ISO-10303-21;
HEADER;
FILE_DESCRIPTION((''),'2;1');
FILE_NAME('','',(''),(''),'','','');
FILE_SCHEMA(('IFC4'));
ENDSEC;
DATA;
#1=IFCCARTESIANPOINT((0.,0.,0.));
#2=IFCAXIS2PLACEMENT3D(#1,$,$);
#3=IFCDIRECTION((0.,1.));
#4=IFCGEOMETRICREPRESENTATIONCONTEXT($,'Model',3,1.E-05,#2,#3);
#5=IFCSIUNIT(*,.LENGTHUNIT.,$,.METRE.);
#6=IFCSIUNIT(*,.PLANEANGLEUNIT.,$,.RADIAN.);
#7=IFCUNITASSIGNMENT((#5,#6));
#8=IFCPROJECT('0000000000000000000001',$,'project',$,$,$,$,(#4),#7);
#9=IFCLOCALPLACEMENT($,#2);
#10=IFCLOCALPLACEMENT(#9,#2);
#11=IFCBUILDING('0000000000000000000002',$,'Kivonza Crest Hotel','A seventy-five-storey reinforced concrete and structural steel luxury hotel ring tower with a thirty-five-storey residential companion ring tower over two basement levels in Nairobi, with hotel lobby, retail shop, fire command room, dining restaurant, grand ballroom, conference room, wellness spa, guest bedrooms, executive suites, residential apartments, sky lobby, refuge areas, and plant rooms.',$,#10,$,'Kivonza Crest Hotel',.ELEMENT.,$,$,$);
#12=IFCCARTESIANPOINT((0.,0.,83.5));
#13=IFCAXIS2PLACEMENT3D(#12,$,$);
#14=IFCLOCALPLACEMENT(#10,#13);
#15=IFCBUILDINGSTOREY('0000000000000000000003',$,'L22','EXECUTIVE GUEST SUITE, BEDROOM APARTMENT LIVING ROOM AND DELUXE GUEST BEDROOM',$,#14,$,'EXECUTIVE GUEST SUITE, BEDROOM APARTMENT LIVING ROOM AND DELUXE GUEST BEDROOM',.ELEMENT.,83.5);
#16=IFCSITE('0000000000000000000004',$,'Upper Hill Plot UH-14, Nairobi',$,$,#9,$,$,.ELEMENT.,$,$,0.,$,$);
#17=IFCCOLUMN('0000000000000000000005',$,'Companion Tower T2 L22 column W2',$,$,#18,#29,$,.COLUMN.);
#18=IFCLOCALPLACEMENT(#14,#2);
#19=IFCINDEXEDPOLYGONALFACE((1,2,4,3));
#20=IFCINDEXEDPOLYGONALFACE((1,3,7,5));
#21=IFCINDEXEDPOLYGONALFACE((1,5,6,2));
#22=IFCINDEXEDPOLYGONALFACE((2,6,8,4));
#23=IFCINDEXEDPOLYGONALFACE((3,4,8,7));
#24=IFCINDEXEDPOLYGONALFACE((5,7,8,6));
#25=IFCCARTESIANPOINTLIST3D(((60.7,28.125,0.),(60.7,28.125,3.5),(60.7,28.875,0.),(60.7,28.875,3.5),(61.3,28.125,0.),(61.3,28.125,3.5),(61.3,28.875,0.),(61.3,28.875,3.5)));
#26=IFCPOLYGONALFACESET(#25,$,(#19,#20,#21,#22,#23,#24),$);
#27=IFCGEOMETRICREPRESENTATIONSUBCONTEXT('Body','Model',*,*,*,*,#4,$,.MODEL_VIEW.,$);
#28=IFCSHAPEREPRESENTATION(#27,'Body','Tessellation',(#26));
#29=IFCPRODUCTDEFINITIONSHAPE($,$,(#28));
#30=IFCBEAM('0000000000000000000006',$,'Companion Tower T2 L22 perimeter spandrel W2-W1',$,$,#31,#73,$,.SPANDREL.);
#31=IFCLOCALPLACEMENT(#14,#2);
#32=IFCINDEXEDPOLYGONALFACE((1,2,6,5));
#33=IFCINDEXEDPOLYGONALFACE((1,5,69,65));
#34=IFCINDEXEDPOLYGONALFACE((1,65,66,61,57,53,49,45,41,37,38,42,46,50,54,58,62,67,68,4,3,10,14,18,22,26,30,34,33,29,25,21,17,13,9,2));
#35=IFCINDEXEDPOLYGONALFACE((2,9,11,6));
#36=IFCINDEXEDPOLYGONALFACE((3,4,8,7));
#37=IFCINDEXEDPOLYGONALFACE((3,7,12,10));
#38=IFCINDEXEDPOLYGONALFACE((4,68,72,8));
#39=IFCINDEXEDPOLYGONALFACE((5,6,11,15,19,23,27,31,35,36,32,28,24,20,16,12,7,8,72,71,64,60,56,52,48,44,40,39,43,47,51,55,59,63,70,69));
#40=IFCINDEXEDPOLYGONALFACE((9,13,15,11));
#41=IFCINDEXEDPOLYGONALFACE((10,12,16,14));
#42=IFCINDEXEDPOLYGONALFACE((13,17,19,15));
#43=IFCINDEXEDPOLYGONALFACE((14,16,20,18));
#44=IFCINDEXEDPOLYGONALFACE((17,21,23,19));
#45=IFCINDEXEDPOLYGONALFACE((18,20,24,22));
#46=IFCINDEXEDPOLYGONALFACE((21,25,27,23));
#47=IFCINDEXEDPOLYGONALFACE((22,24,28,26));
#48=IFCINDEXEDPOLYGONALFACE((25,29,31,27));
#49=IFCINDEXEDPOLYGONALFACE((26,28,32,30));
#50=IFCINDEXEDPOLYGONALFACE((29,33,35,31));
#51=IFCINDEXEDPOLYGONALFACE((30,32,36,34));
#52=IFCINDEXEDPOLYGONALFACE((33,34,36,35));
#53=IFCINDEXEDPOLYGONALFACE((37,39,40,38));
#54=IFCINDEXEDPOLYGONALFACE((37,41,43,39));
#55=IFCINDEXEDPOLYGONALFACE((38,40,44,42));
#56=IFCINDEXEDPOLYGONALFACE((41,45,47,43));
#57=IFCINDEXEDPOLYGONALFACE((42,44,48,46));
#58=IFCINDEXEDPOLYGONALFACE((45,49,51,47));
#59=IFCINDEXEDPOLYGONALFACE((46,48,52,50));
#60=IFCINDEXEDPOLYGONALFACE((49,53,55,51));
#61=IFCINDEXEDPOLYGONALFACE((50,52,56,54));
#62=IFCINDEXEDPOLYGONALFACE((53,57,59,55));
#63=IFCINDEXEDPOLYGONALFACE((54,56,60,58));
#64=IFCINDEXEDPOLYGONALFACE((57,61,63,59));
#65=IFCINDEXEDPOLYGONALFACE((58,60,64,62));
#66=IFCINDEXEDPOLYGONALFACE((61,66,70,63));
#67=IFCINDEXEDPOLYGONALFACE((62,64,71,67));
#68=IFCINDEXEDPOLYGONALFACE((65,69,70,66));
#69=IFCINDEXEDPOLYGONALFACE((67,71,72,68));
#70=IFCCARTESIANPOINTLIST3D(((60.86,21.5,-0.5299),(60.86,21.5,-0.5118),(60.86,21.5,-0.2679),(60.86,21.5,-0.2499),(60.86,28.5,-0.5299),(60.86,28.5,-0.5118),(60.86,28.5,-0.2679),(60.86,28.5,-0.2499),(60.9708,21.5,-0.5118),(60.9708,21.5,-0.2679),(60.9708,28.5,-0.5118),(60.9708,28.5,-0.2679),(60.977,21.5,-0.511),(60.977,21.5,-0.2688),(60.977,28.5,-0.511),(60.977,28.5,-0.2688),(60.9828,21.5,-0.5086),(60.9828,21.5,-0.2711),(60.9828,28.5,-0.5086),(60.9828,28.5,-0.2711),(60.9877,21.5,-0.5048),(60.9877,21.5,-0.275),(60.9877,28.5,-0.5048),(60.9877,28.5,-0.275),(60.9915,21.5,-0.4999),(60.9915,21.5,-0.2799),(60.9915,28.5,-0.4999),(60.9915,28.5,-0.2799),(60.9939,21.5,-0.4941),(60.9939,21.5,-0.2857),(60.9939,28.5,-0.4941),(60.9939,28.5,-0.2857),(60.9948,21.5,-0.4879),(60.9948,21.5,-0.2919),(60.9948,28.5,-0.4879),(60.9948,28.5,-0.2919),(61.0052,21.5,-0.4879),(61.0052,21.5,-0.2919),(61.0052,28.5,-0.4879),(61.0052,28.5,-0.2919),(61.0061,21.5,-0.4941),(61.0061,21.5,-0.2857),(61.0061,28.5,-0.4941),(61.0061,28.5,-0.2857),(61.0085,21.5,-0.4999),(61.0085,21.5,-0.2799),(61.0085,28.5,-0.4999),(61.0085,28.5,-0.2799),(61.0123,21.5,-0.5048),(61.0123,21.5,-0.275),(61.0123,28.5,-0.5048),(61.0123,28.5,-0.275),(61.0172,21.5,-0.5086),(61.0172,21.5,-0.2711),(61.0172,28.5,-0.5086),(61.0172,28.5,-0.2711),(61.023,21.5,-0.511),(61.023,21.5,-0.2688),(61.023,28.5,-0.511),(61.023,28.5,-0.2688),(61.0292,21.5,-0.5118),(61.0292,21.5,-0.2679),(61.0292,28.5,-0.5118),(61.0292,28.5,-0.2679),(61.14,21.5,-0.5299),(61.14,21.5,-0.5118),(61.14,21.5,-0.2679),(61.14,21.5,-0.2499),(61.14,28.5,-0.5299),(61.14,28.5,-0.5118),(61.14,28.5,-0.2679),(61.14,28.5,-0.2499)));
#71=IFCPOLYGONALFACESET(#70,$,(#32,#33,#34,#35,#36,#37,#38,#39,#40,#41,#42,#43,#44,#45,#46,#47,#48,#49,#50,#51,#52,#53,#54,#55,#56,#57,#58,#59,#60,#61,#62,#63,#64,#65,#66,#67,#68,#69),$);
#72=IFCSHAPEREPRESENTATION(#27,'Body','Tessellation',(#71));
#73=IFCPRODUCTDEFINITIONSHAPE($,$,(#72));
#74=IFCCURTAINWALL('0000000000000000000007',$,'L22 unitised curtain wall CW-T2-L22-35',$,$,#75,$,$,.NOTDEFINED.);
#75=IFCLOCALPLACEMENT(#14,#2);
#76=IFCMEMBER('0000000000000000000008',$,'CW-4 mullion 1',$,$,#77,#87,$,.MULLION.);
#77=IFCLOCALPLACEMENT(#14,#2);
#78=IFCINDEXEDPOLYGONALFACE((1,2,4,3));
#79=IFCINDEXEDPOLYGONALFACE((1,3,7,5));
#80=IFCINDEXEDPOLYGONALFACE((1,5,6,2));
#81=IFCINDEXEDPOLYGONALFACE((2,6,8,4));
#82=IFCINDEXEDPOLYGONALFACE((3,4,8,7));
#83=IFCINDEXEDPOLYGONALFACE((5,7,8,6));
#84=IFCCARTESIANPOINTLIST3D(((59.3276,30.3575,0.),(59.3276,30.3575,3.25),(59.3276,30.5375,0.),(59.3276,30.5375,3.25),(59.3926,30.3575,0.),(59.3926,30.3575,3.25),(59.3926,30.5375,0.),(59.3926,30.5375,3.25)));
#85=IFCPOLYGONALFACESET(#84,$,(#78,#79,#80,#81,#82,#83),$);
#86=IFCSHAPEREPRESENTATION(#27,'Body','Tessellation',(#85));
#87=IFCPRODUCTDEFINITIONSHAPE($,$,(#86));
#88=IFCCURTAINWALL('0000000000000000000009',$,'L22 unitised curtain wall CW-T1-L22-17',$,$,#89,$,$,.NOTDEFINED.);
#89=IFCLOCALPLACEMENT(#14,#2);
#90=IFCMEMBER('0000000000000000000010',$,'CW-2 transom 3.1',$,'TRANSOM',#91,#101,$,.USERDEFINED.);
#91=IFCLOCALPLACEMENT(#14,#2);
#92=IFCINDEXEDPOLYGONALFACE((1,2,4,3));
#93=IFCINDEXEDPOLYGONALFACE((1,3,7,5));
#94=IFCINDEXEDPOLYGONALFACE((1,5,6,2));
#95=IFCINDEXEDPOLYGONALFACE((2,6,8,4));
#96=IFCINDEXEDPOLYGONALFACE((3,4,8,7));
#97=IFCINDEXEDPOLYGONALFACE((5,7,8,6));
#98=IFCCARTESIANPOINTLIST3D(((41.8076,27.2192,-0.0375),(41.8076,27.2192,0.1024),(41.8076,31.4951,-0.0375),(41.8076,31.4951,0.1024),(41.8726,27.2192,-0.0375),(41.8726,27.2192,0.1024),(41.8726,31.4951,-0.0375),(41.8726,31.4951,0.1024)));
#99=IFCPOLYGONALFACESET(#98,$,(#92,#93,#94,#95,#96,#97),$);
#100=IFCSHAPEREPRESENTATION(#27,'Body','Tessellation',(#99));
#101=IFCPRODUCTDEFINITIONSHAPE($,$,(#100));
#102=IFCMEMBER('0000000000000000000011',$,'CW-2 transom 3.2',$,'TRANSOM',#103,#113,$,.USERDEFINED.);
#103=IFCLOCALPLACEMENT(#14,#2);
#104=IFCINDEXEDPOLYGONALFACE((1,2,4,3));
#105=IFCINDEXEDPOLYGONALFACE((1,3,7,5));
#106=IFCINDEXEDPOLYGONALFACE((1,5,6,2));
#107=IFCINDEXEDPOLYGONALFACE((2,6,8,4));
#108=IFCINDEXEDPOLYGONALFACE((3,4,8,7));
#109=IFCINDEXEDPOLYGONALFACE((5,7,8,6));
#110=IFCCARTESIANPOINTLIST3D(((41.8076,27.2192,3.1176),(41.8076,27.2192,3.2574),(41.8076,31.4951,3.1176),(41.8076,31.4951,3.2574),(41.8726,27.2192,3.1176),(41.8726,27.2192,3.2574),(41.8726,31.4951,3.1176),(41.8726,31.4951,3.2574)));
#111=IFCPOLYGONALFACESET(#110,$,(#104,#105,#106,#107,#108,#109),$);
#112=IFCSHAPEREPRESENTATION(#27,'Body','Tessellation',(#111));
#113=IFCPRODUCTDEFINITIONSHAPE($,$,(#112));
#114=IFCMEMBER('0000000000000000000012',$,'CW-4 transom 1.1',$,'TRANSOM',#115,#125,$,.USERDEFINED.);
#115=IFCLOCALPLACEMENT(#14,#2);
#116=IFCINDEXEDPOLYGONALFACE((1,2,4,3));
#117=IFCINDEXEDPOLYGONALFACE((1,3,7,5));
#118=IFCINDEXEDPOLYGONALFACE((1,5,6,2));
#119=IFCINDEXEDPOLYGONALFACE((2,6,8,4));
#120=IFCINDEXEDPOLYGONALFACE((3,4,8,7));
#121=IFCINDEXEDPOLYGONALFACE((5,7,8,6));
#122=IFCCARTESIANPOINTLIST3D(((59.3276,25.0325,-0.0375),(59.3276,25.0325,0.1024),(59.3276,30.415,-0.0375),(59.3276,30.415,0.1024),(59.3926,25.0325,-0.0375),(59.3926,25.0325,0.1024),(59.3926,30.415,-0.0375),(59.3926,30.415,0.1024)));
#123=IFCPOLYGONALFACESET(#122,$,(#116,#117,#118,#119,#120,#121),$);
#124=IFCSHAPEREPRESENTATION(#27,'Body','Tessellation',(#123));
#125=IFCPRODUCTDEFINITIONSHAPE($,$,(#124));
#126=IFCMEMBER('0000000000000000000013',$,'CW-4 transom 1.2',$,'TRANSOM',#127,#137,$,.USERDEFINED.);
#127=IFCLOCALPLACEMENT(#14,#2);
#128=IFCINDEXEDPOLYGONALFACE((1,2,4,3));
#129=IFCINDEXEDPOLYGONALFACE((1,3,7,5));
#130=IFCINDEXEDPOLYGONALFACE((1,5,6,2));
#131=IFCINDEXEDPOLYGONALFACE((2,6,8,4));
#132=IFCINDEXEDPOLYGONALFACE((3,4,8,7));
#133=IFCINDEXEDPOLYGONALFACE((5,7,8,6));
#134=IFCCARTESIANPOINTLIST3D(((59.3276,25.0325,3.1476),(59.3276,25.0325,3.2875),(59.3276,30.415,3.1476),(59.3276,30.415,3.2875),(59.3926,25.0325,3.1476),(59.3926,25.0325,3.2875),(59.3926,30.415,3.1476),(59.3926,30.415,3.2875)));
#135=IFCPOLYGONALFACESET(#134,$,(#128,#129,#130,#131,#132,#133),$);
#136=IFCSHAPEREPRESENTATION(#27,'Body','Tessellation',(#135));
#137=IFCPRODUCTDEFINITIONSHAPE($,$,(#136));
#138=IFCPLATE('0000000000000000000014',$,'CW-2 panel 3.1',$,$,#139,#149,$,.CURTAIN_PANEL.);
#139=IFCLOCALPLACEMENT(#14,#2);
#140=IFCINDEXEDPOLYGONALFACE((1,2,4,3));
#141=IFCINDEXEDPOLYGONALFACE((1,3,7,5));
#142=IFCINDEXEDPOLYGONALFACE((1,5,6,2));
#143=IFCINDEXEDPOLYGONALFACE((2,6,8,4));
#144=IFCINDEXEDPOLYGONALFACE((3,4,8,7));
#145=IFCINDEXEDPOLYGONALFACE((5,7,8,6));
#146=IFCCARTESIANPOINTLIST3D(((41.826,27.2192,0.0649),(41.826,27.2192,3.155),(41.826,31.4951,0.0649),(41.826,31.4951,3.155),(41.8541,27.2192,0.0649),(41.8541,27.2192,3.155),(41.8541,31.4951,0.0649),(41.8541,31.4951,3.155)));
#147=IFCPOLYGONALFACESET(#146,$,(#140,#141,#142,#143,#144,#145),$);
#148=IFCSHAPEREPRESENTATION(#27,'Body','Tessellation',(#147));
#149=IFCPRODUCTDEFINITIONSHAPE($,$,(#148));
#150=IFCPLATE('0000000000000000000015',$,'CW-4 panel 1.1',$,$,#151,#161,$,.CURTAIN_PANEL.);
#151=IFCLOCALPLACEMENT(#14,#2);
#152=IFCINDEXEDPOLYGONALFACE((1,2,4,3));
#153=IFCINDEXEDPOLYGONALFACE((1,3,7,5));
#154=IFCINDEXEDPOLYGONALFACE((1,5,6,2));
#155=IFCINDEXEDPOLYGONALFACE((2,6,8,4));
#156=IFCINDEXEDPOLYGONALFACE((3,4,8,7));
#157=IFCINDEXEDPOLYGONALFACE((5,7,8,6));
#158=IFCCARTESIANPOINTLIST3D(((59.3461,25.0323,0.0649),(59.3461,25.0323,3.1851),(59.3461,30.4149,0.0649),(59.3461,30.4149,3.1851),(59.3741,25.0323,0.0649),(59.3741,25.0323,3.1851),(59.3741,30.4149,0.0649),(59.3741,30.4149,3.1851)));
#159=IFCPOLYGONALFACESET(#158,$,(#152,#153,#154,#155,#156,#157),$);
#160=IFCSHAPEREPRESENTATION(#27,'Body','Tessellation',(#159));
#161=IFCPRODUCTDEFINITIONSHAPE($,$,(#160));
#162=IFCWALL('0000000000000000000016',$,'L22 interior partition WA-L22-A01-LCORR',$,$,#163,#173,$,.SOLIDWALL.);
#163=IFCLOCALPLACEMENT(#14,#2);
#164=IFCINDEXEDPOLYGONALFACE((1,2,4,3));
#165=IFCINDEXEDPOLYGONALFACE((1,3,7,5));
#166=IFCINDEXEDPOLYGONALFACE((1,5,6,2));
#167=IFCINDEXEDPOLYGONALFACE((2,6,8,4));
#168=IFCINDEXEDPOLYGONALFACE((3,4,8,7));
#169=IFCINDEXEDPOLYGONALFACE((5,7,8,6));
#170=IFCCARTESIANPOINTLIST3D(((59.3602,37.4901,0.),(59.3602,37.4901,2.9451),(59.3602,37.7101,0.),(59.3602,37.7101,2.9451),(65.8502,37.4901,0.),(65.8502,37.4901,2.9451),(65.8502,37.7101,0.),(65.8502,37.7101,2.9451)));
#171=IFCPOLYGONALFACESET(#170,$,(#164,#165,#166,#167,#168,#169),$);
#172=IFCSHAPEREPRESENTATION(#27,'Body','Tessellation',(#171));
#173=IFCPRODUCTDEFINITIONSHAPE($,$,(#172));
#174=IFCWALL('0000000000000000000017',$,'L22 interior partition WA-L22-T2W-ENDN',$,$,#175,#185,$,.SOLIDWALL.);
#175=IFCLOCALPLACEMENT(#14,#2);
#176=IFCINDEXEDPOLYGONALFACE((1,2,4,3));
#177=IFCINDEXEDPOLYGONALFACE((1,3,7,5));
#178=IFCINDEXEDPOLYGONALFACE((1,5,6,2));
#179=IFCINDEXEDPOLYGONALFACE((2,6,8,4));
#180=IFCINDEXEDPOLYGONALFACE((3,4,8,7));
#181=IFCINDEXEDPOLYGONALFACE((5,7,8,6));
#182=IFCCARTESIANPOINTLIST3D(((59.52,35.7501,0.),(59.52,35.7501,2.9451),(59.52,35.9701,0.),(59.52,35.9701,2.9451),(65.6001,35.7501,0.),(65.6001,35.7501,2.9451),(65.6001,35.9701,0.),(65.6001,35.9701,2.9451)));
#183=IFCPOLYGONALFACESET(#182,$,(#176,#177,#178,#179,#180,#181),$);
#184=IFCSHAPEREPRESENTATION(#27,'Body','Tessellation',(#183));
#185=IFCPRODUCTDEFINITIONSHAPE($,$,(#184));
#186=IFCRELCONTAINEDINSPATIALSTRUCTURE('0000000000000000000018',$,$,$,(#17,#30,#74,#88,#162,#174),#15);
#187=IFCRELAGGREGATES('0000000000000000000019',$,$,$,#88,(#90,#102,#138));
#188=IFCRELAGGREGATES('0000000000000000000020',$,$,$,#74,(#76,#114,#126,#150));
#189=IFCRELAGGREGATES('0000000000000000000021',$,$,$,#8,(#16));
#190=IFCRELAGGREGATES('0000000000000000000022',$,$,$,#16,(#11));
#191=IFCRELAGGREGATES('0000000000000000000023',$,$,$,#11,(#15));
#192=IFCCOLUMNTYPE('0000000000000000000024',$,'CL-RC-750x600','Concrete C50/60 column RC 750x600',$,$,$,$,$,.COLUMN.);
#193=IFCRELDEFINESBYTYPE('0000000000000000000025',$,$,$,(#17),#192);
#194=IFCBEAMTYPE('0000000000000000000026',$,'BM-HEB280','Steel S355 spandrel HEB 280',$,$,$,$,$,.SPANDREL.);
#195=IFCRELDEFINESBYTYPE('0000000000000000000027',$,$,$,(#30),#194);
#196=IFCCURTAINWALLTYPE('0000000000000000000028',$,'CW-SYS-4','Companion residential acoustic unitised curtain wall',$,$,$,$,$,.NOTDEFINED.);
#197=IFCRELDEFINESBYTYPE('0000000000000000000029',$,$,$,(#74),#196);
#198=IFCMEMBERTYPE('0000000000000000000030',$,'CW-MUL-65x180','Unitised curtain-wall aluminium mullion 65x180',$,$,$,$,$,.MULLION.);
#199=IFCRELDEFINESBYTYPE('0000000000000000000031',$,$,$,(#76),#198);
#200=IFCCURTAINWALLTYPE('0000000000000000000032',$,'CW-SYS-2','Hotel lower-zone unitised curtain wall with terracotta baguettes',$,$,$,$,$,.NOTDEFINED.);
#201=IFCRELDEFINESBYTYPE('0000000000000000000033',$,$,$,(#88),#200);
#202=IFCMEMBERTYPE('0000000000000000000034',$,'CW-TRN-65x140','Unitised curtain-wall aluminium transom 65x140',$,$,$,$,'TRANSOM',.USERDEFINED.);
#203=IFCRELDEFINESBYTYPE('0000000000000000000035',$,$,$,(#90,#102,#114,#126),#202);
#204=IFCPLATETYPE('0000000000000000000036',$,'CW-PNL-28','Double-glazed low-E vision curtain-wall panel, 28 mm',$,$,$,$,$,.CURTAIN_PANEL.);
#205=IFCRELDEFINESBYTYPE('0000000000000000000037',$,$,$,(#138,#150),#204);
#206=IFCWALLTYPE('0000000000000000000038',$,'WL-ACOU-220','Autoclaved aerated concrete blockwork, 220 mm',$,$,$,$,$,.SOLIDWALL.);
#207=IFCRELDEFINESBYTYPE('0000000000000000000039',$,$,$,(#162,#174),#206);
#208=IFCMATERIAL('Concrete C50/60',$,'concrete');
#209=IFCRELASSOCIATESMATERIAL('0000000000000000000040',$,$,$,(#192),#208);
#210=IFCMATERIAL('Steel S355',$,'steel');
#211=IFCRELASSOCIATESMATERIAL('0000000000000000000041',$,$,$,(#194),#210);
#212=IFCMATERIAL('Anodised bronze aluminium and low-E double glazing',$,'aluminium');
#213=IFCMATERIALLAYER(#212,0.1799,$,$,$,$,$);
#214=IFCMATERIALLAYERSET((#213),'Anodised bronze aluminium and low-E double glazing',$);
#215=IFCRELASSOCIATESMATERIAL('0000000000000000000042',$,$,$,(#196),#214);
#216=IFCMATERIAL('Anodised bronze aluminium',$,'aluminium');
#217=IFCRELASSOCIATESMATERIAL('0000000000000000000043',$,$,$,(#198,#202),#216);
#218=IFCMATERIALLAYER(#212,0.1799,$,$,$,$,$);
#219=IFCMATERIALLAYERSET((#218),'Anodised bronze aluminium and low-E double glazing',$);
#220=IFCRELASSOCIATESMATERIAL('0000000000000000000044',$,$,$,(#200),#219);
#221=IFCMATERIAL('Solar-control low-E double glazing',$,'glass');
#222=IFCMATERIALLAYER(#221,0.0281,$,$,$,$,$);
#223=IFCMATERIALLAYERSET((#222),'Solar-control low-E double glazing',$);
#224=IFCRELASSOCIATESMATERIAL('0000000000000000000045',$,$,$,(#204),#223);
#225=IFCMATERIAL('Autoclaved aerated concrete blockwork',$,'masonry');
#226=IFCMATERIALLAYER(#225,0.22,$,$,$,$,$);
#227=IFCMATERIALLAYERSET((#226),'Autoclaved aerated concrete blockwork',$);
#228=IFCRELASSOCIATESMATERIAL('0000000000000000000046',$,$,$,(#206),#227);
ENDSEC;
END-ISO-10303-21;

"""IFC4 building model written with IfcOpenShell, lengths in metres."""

from ifc_helpers import new_model, si_unit, direction, frame, frame_2d, origin, origin_2d, place, context, subcontext, project, spatial, rectangle, i_section, extrude, material, layer, layer_set, material_profile, profile_set, type_object, element, aggregate, save


model = new_model("IFC4")

# Units and contexts
model_context = context("Model", 3, precision=1e-05, world=origin(), true_north=direction((0.0, 1.0)))
body_context = subcontext(model_context, "Body", "Model", "MODEL_VIEW")
ifc_project = project(units=[si_unit("LENGTHUNIT", "METRE"), si_unit("PLANEANGLEUNIT", "RADIAN")], contexts=[model_context])

# Site, building, storey
site_placement = place(None, origin())
site = spatial("IfcSite", under=ifc_project, at=site_placement, Name="Upper Hill Plot UH-14, Nairobi", CompositionType="ELEMENT", RefElevation=0.0)
building_placement = place(site_placement, origin())
building = spatial("IfcBuilding", under=site, at=building_placement, Name="Kivonza Crest Hotel", Description="A seventy-five-storey reinforced concrete and structural steel luxury hotel ring tower with a thirty-five-storey residential companion ring tower over two basement levels in Nairobi, with hotel lobby, retail shop, fire command room, dining restaurant, grand ballroom, conference room, wellness spa, guest bedrooms, executive suites, residential apartments, sky lobby, refuge areas, and plant rooms.", LongName="Kivonza Crest Hotel", CompositionType="ELEMENT")
storey_placement = place(building_placement, frame((0.0, 0.0, 83.5)))
storey = spatial("IfcBuildingStorey", under=building, at=storey_placement, Name="L22", Description="EXECUTIVE GUEST SUITE, BEDROOM APARTMENT LIVING ROOM AND DELUXE GUEST BEDROOM", LongName="EXECUTIVE GUEST SUITE, BEDROOM APARTMENT LIVING ROOM AND DELUXE GUEST BEDROOM", CompositionType="ELEMENT", Elevation=83.5)

# Column
ifc_material_1 = material(Name="Concrete C50/60", Category="concrete")
ifc_material_profile_1 = material_profile(ifc_material_1, rectangle(XDim=0.6001, YDim=0.75, at=origin_2d()), Name="RC 750x600")
ifc_profile_set_1 = profile_set([ifc_material_profile_1], Name="Concrete C50/60")
column_type = type_object("IfcColumnType", Name="CL-RC-750x600", Description="Concrete C50/60 column RC 750x600", PredefinedType="COLUMN", material=ifc_profile_set_1)
column_placement = place(storey_placement, frame((61.0, 28.5, 0.0), z_axis=(0.0, 0.0, 1.0), x_axis=(1.0, 0.0, 0.0)))
element("IfcColumn", 1, at=column_placement, inside=storey, type_object=column_type, Name="Companion Tower T2 L22 column W2", PredefinedType="COLUMN", context=body_context, shape_type="SweptSolid", body=[
    extrude(rectangle(XDim=0.6001, YDim=0.75, at=origin_2d()), origin(), (0.0, 0.0, 1.0), 3.5),
])

# Beam
ifc_material_2 = material(Name="Steel S355", Category="steel")
ifc_material_profile_2 = material_profile(ifc_material_2, i_section(OverallWidth=0.28, OverallDepth=0.28, WebThickness=0.0105, FlangeThickness=0.0181, FilletRadius=0.0239, at=origin_2d()), Name="HEB 280")
ifc_profile_set_2 = profile_set([ifc_material_profile_2], Name="Steel S355")
beam_type = type_object("IfcBeamType", Name="BM-HEB280", Description="Steel S355 spandrel HEB 280", PredefinedType="SPANDREL", material=ifc_profile_set_2)
beam_placement = place(storey_placement, frame((61.0, 28.5, -0.3899), z_axis=(0.0, -1.0, 0.0), x_axis=(1.0, 0.0, 0.0)))
element("IfcBeam", 2, at=beam_placement, inside=storey, type_object=beam_type, Name="Companion Tower T2 L22 perimeter spandrel W2-W1", PredefinedType="SPANDREL", context=body_context, shape_type="SweptSolid", body=[
    extrude(i_section(OverallWidth=0.28, OverallDepth=0.28, WebThickness=0.0105, FlangeThickness=0.0181, FilletRadius=0.0239, at=origin_2d()), origin(), (0.0, 0.0, 1.0), 7.0),
])

# Curtain wall, member
ifc_material_3 = material(Name="Anodised bronze aluminium and low-E double glazing", Category="aluminium")
ifc_layer_1 = layer(ifc_material_3, 0.1799)
ifc_layer_set_1 = layer_set([ifc_layer_1], Name="Anodised bronze aluminium and low-E double glazing")
curtain_wall_type_1 = type_object("IfcCurtainWallType", Name="CW-SYS-4", Description="Companion residential acoustic unitised curtain wall", PredefinedType="NOTDEFINED", material=ifc_layer_set_1)
curtain_wall_1_placement = place(storey_placement, origin())
curtain_wall_1 = element("IfcCurtainWall", 3, at=curtain_wall_1_placement, inside=storey, type_object=curtain_wall_type_1, Name="L22 unitised curtain wall CW-T2-L22-35", PredefinedType="NOTDEFINED")
ifc_material_4 = material(Name="Anodised bronze aluminium", Category="aluminium")
ifc_material_profile_3 = material_profile(ifc_material_4, rectangle(XDim=0.0649, YDim=0.1799, at=origin_2d()), Name="CW-M 65x180")
ifc_profile_set_3 = profile_set([ifc_material_profile_3], Name="Anodised bronze aluminium")
member_type_1 = type_object("IfcMemberType", Name="CW-MUL-65x180", Description="Unitised curtain-wall aluminium mullion 65x180", PredefinedType="MULLION", material=ifc_profile_set_3)
member_1_placement = place(storey_placement, frame((59.3601, 30.4475, 0.0), z_axis=(0.0, 0.0, 1.0), x_axis=(1.0, 0.0, 0.0)))
member_1 = element("IfcMember", 4, at=member_1_placement, type_object=member_type_1, Name="CW-4 mullion 1", PredefinedType="MULLION", context=body_context, shape_type="SweptSolid", body=[
    extrude(rectangle(XDim=0.0649, YDim=0.1799, at=origin_2d()), origin(), (0.0, 0.0, 1.0), 3.25),
])

# Curtain wall, members
ifc_layer_2 = layer(ifc_material_3, 0.1799)
ifc_layer_set_2 = layer_set([ifc_layer_2], Name="Anodised bronze aluminium and low-E double glazing")
curtain_wall_type_2 = type_object("IfcCurtainWallType", Name="CW-SYS-2", Description="Hotel lower-zone unitised curtain wall with terracotta baguettes", PredefinedType="NOTDEFINED", material=ifc_layer_set_2)
curtain_wall_2_placement = place(storey_placement, origin())
curtain_wall_2 = element("IfcCurtainWall", 5, at=curtain_wall_2_placement, inside=storey, type_object=curtain_wall_type_2, Name="L22 unitised curtain wall CW-T1-L22-17", PredefinedType="NOTDEFINED")
ifc_material_profile_4 = material_profile(ifc_material_4, rectangle(XDim=0.0649, YDim=0.1399, at=origin_2d()), Name="CW-T 65x140")
ifc_profile_set_4 = profile_set([ifc_material_profile_4], Name="Anodised bronze aluminium")
member_type_2 = type_object("IfcMemberType", Name="CW-TRN-65x140", Description="Unitised curtain-wall aluminium transom 65x140", ElementType="TRANSOM", PredefinedType="USERDEFINED", material=ifc_profile_set_4)
member_2_placement = place(storey_placement, frame((41.8401, 27.2192, 0.0325), z_axis=(0.0, 1.0, 0.0), x_axis=(-1.0, 0.0, 0.0)))
member_2 = element("IfcMember", 6, at=member_2_placement, type_object=member_type_2, Name="CW-2 transom 3.1", ObjectType="TRANSOM", PredefinedType="USERDEFINED", context=body_context, shape_type="SweptSolid", body=[
    extrude(rectangle(XDim=0.0649, YDim=0.1399, at=origin_2d()), origin(), (0.0, 0.0, 1.0), 4.2759),
])
member_3_placement = place(storey_placement, frame((41.8401, 27.2192, 3.1875), z_axis=(0.0, 1.0, 0.0), x_axis=(-1.0, 0.0, 0.0)))
member_3 = element("IfcMember", 7, at=member_3_placement, type_object=member_type_2, Name="CW-2 transom 3.2", ObjectType="TRANSOM", PredefinedType="USERDEFINED", context=body_context, shape_type="SweptSolid", body=[
    extrude(rectangle(XDim=0.0649, YDim=0.1399, at=origin_2d()), origin(), (0.0, 0.0, 1.0), 4.2759),
])

# Members
member_4_placement = place(storey_placement, frame((59.3601, 30.415, 0.0325), z_axis=(0.0, -1.0, 0.0), x_axis=(1.0, 0.0, 0.0)))
member_4 = element("IfcMember", 8, at=member_4_placement, type_object=member_type_2, Name="CW-4 transom 1.1", ObjectType="TRANSOM", PredefinedType="USERDEFINED", context=body_context, shape_type="SweptSolid", body=[
    extrude(rectangle(XDim=0.0649, YDim=0.1399, at=origin_2d()), origin(), (0.0, 0.0, 1.0), 5.3826),
])
member_5_placement = place(storey_placement, frame((59.3601, 30.415, 3.2175), z_axis=(0.0, -1.0, 0.0), x_axis=(1.0, 0.0, 0.0)))
member_5 = element("IfcMember", 9, at=member_5_placement, type_object=member_type_2, Name="CW-4 transom 1.2", ObjectType="TRANSOM", PredefinedType="USERDEFINED", context=body_context, shape_type="SweptSolid", body=[
    extrude(rectangle(XDim=0.0649, YDim=0.1399, at=origin_2d()), origin(), (0.0, 0.0, 1.0), 5.3826),
])

# Plates
ifc_material_5 = material(Name="Solar-control low-E double glazing", Category="glass")
ifc_layer_3 = layer(ifc_material_5, 0.0281)
ifc_layer_set_3 = layer_set([ifc_layer_3], Name="Solar-control low-E double glazing")
plate_type = type_object("IfcPlateType", Name="CW-PNL-28", Description="Double-glazed low-E vision curtain-wall panel, 28 mm", PredefinedType="CURTAIN_PANEL", material=ifc_layer_set_3)
plate_1_placement = place(storey_placement, frame((41.8401, 29.3572, 0.0649), z_axis=(0.0, 0.0, 1.0), x_axis=(0.0, 1.0, 0.0)))
plate_1 = element("IfcPlate", 10, at=plate_1_placement, type_object=plate_type, Name="CW-2 panel 3.1", PredefinedType="CURTAIN_PANEL", context=body_context, shape_type="SweptSolid", body=[
    extrude(rectangle(XDim=4.2759, YDim=0.0281, at=origin_2d()), origin(), (0.0, 0.0, 1.0), 3.0901),
])
aggregate(curtain_wall_2, [member_2, member_3, plate_1])
plate_2_placement = place(storey_placement, frame((59.3601, 27.7236, 0.0649), z_axis=(0.0, 0.0, 1.0), x_axis=(0.0, -1.0, 0.0)))
plate_2 = element("IfcPlate", 11, at=plate_2_placement, type_object=plate_type, Name="CW-4 panel 1.1", PredefinedType="CURTAIN_PANEL", context=body_context, shape_type="SweptSolid", body=[
    extrude(rectangle(XDim=5.3826, YDim=0.0281, at=origin_2d()), origin(), (0.0, 0.0, 1.0), 3.1201),
])
aggregate(curtain_wall_1, [member_1, member_4, member_5, plate_2])

# Walls
ifc_material_6 = material(Name="Autoclaved aerated concrete blockwork", Category="masonry")
ifc_layer_4 = layer(ifc_material_6, 0.22)
ifc_layer_set_4 = layer_set([ifc_layer_4], Name="Autoclaved aerated concrete blockwork")
wall_type_1 = type_object("IfcWallType", Name="WL-ACOU-220", Description="Autoclaved aerated concrete blockwork, 220 mm", PredefinedType="SOLIDWALL", material=ifc_layer_set_4)
wall_1_placement = place(storey_placement, frame((59.3601, 37.6001, 0.0), z_axis=(0.0, 0.0, 1.0), x_axis=(1.0, 0.0, 0.0)))
element("IfcWall", 12, at=wall_1_placement, inside=storey, type_object=wall_type_1, Name="L22 interior partition WA-L22-A01-LCORR", PredefinedType="SOLIDWALL", context=body_context, shape_type="SweptSolid", body=[
    extrude(rectangle(XDim=6.49, YDim=0.22, at=frame_2d((3.2451, 0.0))), origin(), (0.0, 0.0, 1.0), 2.9451),
])
wall_2_placement = place(storey_placement, frame((59.52, 35.8601, 0.0), z_axis=(0.0, 0.0, 1.0), x_axis=(1.0, 0.0, 0.0)))
element("IfcWall", 13, at=wall_2_placement, inside=storey, type_object=wall_type_1, Name="L22 interior partition WA-L22-T2W-ENDN", PredefinedType="SOLIDWALL", context=body_context, shape_type="SweptSolid", body=[
    extrude(rectangle(XDim=6.0801, YDim=0.22, at=frame_2d((3.04, 0.0))), origin(), (0.0, 0.0, 1.0), 2.9451),
])

save(model, "model.ifc")
